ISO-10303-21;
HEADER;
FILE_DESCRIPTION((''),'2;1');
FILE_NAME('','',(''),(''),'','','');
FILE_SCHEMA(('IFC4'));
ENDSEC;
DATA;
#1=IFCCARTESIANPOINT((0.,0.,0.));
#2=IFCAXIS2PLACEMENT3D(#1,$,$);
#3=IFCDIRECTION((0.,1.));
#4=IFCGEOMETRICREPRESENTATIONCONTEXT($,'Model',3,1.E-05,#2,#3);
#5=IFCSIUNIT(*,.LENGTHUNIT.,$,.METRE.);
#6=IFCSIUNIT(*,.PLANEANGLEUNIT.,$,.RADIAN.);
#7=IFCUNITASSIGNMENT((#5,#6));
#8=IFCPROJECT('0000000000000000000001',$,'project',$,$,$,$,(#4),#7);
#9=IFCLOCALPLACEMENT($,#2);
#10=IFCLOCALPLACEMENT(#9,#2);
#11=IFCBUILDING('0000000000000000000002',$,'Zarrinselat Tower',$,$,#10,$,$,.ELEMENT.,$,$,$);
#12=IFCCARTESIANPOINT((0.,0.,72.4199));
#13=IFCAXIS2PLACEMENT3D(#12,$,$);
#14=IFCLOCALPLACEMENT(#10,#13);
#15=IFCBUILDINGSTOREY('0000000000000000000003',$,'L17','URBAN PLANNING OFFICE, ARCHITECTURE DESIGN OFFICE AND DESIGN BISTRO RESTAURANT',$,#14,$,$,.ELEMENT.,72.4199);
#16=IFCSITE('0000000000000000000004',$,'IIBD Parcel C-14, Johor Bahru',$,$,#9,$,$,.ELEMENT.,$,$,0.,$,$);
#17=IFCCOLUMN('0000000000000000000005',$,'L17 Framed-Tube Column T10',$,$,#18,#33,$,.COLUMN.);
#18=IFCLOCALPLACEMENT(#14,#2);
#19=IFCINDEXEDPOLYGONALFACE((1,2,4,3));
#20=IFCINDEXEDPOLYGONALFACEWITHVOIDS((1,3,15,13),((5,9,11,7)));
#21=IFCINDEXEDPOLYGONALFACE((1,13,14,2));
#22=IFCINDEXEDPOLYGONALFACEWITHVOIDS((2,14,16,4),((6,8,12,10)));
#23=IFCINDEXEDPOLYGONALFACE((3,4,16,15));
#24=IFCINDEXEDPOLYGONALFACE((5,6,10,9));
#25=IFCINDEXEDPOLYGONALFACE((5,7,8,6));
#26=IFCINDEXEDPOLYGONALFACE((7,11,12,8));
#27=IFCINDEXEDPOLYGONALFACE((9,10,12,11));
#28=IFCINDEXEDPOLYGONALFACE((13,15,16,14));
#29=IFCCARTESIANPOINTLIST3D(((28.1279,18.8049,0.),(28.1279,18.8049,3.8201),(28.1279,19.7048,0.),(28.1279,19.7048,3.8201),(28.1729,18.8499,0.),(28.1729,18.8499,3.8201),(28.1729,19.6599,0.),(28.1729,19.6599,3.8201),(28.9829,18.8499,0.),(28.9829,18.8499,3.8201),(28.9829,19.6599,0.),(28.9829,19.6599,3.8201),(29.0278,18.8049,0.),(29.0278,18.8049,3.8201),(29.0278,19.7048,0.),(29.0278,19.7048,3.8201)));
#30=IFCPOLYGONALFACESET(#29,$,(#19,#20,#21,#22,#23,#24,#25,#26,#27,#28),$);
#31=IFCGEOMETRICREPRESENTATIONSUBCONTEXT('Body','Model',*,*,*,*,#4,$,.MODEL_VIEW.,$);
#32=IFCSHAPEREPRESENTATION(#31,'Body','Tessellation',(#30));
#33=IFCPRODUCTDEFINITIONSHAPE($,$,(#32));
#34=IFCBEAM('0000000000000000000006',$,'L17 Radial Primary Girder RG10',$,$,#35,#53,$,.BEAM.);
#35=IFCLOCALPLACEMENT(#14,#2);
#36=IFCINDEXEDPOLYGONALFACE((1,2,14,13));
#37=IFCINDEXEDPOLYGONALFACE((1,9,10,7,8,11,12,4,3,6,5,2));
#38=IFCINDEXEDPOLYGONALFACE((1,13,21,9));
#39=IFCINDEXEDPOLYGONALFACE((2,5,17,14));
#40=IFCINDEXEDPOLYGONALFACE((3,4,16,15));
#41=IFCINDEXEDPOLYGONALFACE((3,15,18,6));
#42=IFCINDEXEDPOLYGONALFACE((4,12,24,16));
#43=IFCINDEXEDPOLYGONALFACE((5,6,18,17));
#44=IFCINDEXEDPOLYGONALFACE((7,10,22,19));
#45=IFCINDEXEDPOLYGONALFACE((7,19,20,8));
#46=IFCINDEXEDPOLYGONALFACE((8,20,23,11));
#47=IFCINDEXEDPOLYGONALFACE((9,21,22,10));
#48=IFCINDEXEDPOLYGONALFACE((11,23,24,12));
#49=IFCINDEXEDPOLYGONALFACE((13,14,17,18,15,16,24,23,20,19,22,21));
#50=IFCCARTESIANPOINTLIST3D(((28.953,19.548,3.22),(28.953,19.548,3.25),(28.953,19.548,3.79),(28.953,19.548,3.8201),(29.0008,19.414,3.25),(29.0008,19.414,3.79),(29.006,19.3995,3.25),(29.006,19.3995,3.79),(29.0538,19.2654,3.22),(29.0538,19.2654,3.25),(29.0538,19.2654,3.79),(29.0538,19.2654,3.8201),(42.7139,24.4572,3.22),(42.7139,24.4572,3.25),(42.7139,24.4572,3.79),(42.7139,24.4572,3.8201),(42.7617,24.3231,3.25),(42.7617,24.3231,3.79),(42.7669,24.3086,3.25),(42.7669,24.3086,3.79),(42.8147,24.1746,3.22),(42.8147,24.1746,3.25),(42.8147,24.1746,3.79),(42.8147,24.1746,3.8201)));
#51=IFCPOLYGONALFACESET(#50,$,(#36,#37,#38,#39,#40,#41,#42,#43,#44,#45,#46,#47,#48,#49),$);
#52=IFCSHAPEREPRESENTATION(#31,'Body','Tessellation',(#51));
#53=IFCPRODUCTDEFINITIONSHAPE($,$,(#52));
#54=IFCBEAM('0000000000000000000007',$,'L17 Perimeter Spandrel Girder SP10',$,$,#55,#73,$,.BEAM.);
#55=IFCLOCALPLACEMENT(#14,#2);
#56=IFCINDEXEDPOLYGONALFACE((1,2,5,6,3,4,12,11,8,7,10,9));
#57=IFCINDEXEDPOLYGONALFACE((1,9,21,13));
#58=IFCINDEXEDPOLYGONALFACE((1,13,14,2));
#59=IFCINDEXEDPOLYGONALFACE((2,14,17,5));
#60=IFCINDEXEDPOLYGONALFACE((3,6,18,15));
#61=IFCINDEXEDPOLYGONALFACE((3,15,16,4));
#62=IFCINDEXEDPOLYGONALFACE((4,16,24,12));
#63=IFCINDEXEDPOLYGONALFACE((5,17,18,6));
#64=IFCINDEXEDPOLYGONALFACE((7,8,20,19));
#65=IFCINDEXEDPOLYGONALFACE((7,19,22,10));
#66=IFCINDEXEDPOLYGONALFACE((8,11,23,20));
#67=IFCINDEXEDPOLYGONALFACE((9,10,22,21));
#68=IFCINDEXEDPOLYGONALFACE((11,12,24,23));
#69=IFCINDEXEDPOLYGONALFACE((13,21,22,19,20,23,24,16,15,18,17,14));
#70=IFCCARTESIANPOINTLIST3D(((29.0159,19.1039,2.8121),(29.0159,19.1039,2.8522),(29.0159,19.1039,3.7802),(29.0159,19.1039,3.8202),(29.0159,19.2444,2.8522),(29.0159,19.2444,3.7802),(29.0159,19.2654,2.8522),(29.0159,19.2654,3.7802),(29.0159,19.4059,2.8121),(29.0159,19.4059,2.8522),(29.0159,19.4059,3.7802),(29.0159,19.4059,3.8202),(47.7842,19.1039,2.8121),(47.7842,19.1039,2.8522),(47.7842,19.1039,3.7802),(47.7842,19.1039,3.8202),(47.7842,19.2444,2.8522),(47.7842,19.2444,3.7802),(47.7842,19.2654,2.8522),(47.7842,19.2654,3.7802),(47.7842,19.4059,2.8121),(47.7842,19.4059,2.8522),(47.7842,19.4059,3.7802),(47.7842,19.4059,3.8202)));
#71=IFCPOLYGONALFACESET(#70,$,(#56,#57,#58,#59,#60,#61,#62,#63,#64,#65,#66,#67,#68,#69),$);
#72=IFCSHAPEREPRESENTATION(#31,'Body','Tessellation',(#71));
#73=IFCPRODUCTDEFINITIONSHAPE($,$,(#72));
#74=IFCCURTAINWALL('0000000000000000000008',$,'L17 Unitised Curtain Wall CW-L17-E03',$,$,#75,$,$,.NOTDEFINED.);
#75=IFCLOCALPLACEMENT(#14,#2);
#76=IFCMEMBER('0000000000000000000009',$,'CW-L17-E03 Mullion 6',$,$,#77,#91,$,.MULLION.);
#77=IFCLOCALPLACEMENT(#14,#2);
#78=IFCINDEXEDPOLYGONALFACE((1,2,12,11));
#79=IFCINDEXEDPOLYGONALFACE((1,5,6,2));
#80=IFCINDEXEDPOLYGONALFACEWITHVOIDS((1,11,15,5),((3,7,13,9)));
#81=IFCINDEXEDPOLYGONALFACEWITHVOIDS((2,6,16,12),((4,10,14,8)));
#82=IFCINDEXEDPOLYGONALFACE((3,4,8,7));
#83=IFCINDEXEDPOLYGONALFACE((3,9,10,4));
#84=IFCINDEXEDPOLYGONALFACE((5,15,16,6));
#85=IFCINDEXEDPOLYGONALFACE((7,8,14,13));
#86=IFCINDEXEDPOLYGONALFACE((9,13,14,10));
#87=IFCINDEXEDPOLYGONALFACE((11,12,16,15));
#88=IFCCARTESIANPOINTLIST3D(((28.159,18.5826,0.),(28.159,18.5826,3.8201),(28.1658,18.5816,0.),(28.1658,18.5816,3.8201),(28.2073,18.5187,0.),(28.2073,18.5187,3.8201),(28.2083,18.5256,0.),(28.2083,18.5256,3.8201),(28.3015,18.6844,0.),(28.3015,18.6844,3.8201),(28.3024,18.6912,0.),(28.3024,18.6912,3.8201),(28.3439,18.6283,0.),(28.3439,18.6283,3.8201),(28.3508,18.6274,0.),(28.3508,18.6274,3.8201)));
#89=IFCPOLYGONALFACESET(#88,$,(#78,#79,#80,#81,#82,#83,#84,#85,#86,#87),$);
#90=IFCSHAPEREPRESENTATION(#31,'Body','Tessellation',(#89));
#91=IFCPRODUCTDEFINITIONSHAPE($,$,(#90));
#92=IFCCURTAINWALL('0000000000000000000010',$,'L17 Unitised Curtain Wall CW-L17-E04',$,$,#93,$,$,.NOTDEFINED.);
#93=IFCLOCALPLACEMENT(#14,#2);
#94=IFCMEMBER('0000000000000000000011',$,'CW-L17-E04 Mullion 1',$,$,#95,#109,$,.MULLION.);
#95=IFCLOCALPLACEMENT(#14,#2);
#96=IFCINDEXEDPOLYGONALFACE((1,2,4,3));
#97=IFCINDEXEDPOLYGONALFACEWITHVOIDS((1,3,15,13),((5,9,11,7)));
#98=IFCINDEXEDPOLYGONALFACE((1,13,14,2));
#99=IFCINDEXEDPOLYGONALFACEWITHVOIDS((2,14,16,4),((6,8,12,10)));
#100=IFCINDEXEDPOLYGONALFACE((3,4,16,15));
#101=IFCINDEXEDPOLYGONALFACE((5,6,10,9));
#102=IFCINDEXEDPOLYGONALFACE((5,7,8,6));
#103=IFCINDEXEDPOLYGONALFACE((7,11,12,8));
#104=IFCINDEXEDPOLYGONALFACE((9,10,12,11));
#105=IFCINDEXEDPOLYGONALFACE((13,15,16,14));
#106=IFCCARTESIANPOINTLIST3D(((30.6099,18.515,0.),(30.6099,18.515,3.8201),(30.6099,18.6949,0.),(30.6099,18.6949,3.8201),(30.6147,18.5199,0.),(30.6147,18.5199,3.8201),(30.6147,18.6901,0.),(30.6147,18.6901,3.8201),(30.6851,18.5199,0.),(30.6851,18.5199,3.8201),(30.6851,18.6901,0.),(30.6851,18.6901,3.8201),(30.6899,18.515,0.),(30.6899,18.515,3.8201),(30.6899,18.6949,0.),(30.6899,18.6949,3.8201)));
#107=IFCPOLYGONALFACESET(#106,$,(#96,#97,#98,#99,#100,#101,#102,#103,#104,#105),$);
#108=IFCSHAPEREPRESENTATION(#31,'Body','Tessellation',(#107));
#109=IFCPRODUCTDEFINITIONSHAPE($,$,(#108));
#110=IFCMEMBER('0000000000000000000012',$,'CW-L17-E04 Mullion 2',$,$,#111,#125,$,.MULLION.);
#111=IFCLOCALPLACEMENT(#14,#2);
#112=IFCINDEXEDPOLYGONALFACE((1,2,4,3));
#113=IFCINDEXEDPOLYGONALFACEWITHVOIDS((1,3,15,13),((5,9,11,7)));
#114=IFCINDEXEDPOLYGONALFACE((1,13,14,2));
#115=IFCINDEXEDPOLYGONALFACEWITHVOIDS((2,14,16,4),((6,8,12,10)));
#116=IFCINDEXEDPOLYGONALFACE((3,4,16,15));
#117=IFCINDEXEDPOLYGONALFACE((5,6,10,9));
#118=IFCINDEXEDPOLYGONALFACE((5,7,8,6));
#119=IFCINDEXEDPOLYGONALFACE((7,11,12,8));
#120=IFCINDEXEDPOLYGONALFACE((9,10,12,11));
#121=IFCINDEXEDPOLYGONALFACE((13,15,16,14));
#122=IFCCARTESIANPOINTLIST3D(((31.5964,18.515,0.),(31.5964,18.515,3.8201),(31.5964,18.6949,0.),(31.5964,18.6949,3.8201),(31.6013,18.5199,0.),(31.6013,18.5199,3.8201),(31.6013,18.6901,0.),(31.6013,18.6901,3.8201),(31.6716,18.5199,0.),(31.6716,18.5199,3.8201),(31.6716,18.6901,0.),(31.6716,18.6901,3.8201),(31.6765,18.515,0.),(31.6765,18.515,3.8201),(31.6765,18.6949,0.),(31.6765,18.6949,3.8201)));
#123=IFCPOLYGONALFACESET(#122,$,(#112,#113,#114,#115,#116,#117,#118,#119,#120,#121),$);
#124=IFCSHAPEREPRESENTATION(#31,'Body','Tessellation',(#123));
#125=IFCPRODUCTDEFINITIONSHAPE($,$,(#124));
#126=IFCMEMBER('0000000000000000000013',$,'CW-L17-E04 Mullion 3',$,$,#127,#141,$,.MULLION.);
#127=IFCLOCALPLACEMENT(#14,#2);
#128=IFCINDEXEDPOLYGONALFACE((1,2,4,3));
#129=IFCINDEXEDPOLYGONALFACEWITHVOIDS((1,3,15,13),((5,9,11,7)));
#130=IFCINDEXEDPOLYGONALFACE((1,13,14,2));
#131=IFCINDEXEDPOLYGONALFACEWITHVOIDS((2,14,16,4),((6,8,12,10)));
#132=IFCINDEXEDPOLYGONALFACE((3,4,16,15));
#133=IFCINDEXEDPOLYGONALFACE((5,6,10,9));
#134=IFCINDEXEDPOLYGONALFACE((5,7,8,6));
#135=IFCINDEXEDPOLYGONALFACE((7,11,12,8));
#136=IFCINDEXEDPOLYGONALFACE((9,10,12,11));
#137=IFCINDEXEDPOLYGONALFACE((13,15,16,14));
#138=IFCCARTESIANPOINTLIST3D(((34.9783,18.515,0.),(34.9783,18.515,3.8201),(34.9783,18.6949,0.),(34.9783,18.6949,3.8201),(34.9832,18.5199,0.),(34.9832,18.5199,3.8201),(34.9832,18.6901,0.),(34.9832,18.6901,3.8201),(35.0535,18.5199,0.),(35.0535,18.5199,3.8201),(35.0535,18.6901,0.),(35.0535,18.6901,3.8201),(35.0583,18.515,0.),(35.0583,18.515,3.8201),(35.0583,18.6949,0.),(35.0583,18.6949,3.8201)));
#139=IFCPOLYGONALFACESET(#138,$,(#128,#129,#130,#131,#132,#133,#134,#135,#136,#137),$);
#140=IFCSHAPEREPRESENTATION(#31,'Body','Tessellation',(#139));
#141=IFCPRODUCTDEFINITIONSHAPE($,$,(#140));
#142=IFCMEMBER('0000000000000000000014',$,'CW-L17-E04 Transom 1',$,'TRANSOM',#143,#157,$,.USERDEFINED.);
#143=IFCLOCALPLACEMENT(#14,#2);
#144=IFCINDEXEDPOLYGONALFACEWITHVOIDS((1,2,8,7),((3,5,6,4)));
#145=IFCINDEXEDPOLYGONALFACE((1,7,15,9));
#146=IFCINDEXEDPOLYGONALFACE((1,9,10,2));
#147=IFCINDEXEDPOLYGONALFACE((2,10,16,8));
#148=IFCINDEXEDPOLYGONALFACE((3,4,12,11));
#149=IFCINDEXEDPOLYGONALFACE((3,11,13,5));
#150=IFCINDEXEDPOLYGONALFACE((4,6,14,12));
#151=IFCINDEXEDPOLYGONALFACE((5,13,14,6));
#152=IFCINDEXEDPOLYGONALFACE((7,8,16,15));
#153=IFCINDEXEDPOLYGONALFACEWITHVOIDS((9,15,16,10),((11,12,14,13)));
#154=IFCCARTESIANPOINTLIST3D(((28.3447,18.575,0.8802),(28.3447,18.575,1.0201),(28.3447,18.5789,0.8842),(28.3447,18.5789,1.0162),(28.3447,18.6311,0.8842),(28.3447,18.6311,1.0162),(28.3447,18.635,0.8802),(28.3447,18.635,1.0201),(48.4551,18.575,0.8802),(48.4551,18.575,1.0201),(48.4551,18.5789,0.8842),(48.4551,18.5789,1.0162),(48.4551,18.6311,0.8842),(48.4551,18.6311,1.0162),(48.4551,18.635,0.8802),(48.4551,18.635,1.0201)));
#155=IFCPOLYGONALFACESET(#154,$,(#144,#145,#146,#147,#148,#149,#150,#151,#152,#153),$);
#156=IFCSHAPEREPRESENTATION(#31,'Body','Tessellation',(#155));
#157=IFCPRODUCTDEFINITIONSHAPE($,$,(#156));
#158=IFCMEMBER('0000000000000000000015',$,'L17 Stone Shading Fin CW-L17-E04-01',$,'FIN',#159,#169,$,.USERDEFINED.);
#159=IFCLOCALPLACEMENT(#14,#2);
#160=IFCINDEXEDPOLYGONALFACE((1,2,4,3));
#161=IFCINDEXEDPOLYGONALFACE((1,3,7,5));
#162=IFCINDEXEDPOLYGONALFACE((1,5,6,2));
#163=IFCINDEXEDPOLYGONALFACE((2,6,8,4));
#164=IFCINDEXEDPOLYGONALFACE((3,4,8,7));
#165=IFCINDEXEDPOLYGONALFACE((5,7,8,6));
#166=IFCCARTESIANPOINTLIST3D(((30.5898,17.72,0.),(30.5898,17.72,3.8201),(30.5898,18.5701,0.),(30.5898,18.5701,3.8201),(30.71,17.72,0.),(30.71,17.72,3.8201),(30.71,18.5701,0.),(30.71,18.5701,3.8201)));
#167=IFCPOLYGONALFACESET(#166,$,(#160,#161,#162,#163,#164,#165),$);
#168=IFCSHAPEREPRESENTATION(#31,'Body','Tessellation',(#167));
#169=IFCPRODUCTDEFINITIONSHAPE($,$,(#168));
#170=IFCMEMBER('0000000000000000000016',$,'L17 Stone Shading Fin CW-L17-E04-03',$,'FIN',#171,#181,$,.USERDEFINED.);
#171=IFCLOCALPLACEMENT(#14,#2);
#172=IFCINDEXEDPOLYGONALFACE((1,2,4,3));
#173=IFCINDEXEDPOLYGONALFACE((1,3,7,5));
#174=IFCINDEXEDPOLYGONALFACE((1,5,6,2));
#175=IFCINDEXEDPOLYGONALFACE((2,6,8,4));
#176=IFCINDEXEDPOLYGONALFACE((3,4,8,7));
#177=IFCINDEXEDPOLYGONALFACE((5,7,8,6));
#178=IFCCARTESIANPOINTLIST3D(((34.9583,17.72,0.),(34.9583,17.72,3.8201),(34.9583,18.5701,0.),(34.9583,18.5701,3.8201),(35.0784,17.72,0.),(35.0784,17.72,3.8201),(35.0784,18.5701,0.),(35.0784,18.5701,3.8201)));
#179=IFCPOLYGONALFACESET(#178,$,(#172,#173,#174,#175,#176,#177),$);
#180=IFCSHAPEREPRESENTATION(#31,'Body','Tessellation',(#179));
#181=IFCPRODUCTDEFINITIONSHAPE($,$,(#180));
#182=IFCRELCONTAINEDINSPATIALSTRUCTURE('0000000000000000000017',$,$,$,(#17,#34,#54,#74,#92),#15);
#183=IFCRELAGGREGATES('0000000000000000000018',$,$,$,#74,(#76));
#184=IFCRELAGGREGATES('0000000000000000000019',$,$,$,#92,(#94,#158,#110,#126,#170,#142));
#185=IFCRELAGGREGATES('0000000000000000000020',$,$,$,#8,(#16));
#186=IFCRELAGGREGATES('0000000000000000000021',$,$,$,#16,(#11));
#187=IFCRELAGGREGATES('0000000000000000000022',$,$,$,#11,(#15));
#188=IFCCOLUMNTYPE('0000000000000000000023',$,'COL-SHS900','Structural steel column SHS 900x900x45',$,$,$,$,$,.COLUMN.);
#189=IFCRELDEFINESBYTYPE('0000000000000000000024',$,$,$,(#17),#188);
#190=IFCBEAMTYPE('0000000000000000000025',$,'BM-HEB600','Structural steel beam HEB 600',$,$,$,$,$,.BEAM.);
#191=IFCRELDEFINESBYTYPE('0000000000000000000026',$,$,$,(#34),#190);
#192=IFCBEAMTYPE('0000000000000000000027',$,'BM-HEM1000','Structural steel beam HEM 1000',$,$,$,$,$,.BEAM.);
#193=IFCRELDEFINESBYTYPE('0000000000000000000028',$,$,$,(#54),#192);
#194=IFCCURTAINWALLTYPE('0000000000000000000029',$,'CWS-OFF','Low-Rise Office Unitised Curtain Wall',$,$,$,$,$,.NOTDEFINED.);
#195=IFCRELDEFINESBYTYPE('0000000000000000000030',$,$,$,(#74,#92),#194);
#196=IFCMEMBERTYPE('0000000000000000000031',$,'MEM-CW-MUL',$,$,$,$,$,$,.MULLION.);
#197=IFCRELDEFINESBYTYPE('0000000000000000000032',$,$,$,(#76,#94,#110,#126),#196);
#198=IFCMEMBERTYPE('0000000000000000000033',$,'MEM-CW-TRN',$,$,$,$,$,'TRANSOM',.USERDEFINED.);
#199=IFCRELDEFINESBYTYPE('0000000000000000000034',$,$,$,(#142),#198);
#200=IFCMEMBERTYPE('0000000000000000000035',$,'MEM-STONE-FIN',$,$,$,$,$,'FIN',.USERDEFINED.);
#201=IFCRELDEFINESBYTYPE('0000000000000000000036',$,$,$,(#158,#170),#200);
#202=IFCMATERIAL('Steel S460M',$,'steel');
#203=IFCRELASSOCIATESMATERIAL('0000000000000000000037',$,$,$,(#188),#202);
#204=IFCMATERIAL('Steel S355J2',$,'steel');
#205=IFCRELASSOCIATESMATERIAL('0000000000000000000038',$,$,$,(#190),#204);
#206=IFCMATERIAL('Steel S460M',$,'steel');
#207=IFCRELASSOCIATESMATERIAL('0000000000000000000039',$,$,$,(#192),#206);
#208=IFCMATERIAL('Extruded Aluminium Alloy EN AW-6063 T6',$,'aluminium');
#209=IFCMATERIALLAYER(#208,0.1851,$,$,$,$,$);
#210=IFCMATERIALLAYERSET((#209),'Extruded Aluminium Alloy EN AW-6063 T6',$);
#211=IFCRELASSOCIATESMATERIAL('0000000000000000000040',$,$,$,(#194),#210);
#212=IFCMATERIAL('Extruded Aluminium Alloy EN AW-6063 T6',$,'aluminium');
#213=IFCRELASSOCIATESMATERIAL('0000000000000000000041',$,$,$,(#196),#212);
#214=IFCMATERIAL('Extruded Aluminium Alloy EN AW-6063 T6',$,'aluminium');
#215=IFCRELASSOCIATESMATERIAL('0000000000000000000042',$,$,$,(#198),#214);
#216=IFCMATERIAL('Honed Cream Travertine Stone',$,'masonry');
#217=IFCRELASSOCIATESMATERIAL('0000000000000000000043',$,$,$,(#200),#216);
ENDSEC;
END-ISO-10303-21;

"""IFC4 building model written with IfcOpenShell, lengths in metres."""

from ifc_helpers import new_model, si_unit, direction, frame, origin, origin_2d, place, context, subcontext, project, spatial, rectangle, hollow_rectangle, i_section, extrude, material, layer, layer_set, material_profile, profile_set, type_object, element, aggregate, save


model = new_model("IFC4")

# Units and contexts
model_context = context("Model", 3, precision=1e-05, world=origin(), true_north=direction((0.0, 1.0)))
body_context = subcontext(model_context, "Body", "Model", "MODEL_VIEW")
ifc_project = project(units=[si_unit("LENGTHUNIT", "METRE"), si_unit("PLANEANGLEUNIT", "RADIAN")], contexts=[model_context])

# Site, building, storey
site_placement = place(None, origin())
site = spatial("IfcSite", under=ifc_project, at=site_placement, Name="IIBD Parcel C-14, Johor Bahru", CompositionType="ELEMENT", RefElevation=0.0)
building_placement = place(site_placement, origin())
building = spatial("IfcBuilding", under=site, at=building_placement, Name="Zarrinselat Tower", CompositionType="ELEMENT")
storey_placement = place(building_placement, frame((0.0, 0.0, 72.4199)))
storey = spatial("IfcBuildingStorey", under=building, at=storey_placement, Name="L17", Description="URBAN PLANNING OFFICE, ARCHITECTURE DESIGN OFFICE AND DESIGN BISTRO RESTAURANT", CompositionType="ELEMENT", Elevation=72.4199)

# Column
ifc_material_1 = material(Name="Steel S460M", Category="steel")
ifc_material_profile_1 = material_profile(ifc_material_1, hollow_rectangle(XDim=0.8999, YDim=0.8999, WallThickness=0.0449, at=origin_2d()), Name="SHS 900x900x45")
ifc_profile_set_1 = profile_set([ifc_material_profile_1], Name="Steel S460M")
column_type = type_object("IfcColumnType", Name="COL-SHS900", Description="Structural steel column SHS 900x900x45", PredefinedType="COLUMN", material=ifc_profile_set_1)
column_placement = place(storey_placement, frame((28.5779, 19.2549, 0.0), z_axis=(0.0, 0.0, 1.0), x_axis=(1.0, 0.0, 0.0)))
element("IfcColumn", 1, at=column_placement, inside=storey, type_object=column_type, Name="L17 Framed-Tube Column T10", PredefinedType="COLUMN", context=body_context, shape_type="SweptSolid", body=[
    extrude(hollow_rectangle(XDim=0.8999, YDim=0.8999, WallThickness=0.0449, at=origin_2d()), origin(), (0.0, 0.0, 1.0), 3.8201),
])

# Beams
ifc_material_2 = material(Name="Steel S355J2", Category="steel")
ifc_material_profile_2 = material_profile(ifc_material_2, i_section(OverallWidth=0.3, OverallDepth=0.6001, WebThickness=0.0154, FlangeThickness=0.03, at=origin_2d()), Name="HEB 600")
ifc_profile_set_2 = profile_set([ifc_material_profile_2], Name="Steel S355J2")
beam_type_1 = type_object("IfcBeamType", Name="BM-HEB600", Description="Structural steel beam HEB 600", PredefinedType="BEAM", material=ifc_profile_set_2)
beam_1_placement = place(storey_placement, frame((29.0034, 19.4067, 3.52), z_axis=(0.94186, 0.336005, 0.0), x_axis=(-0.336005, 0.94186, 0.0)))
element("IfcBeam", 2, at=beam_1_placement, inside=storey, type_object=beam_type_1, Name="L17 Radial Primary Girder RG10", PredefinedType="BEAM", context=body_context, shape_type="SweptSolid", body=[
    extrude(i_section(OverallWidth=0.3, OverallDepth=0.6001, WebThickness=0.0154, FlangeThickness=0.03, at=origin_2d()), origin(), (0.0, 0.0, 1.0), 14.6104),
])
ifc_material_3 = material(Name="Steel S460M", Category="steel")
ifc_material_profile_3 = material_profile(ifc_material_3, i_section(OverallWidth=0.302, OverallDepth=1.0081, WebThickness=0.021, FlangeThickness=0.04, at=origin_2d()), Name="HEM 1000")
ifc_profile_set_3 = profile_set([ifc_material_profile_3], Name="Steel S460M")
beam_type_2 = type_object("IfcBeamType", Name="BM-HEM1000", Description="Structural steel beam HEM 1000", PredefinedType="BEAM", material=ifc_profile_set_3)
beam_2_placement = place(storey_placement, frame((29.0159, 19.2549, 3.3162), z_axis=(1.0, 0.0, 0.0), x_axis=(0.0, 1.0, 0.0)))
element("IfcBeam", 3, at=beam_2_placement, inside=storey, type_object=beam_type_2, Name="L17 Perimeter Spandrel Girder SP10", PredefinedType="BEAM", context=body_context, shape_type="SweptSolid", body=[
    extrude(i_section(OverallWidth=0.302, OverallDepth=1.0081, WebThickness=0.021, FlangeThickness=0.04, at=origin_2d()), origin(), (0.0, 0.0, 1.0), 18.7683),
])

# Curtain wall, member
ifc_material_4 = material(Name="Extruded Aluminium Alloy EN AW-6063 T6", Category="aluminium")
ifc_layer_1 = layer(ifc_material_4, 0.1851)
ifc_layer_set_1 = layer_set([ifc_layer_1], Name="Extruded Aluminium Alloy EN AW-6063 T6")
curtain_wall_type = type_object("IfcCurtainWallType", Name="CWS-OFF", Description="Low-Rise Office Unitised Curtain Wall", PredefinedType="NOTDEFINED", material=ifc_layer_set_1)
curtain_wall_1_placement = place(storey_placement, origin())
curtain_wall_1 = element("IfcCurtainWall", 4, at=curtain_wall_1_placement, inside=storey, type_object=curtain_wall_type, Name="L17 Unitised Curtain Wall CW-L17-E03", PredefinedType="NOTDEFINED")
ifc_material_5 = material(Name="Extruded Aluminium Alloy EN AW-6063 T6", Category="aluminium")
ifc_material_profile_4 = material_profile(ifc_material_5, hollow_rectangle(XDim=0.0801, YDim=0.1799, WallThickness=0.0049, at=origin_2d()), Name="RHS 180x80x5")
ifc_profile_set_4 = profile_set([ifc_material_profile_4], Name="Extruded Aluminium Alloy EN AW-6063 T6")
member_type_1 = type_object("IfcMemberType", Name="MEM-CW-MUL", PredefinedType="MULLION", material=ifc_profile_set_4)
member_1_placement = place(storey_placement, frame((28.2549, 18.605, 0.0), z_axis=(0.0, 0.0, 1.0), x_axis=(0.603855, -0.797094, 0.0)))
member_1 = element("IfcMember", 5, at=member_1_placement, type_object=member_type_1, Name="CW-L17-E03 Mullion 6", PredefinedType="MULLION", context=body_context, shape_type="SweptSolid", body=[
    extrude(hollow_rectangle(XDim=0.0801, YDim=0.1799, WallThickness=0.0049, at=origin_2d()), origin(), (0.0, 0.0, 1.0), 3.8201),
])

# Curtain wall, members
curtain_wall_2_placement = place(storey_placement, origin())
curtain_wall_2 = element("IfcCurtainWall", 6, at=curtain_wall_2_placement, inside=storey, type_object=curtain_wall_type, Name="L17 Unitised Curtain Wall CW-L17-E04", PredefinedType="NOTDEFINED")
member_2_placement = place(storey_placement, frame((30.6499, 18.605, 0.0), z_axis=(0.0, 0.0, 1.0), x_axis=(1.0, 0.0, 0.0)))
member_2 = element("IfcMember", 7, at=member_2_placement, type_object=member_type_1, Name="CW-L17-E04 Mullion 1", PredefinedType="MULLION", context=body_context, shape_type="SweptSolid", body=[
    extrude(hollow_rectangle(XDim=0.0801, YDim=0.1799, WallThickness=0.0049, at=origin_2d()), origin(), (0.0, 0.0, 1.0), 3.8201),
])
member_3_placement = place(storey_placement, frame((31.6365, 18.605, 0.0), z_axis=(0.0, 0.0, 1.0), x_axis=(1.0, 0.0, 0.0)))
member_3 = element("IfcMember", 8, at=member_3_placement, type_object=member_type_1, Name="CW-L17-E04 Mullion 2", PredefinedType="MULLION", context=body_context, shape_type="SweptSolid", body=[
    extrude(hollow_rectangle(XDim=0.0801, YDim=0.1799, WallThickness=0.0049, at=origin_2d()), origin(), (0.0, 0.0, 1.0), 3.8201),
])
member_4_placement = place(storey_placement, frame((35.0183, 18.605, 0.0), z_axis=(0.0, 0.0, 1.0), x_axis=(1.0, 0.0, 0.0)))
member_4 = element("IfcMember", 9, at=member_4_placement, type_object=member_type_1, Name="CW-L17-E04 Mullion 3", PredefinedType="MULLION", context=body_context, shape_type="SweptSolid", body=[
    extrude(hollow_rectangle(XDim=0.0801, YDim=0.1799, WallThickness=0.0049, at=origin_2d()), origin(), (0.0, 0.0, 1.0), 3.8201),
])
ifc_material_6 = material(Name="Extruded Aluminium Alloy EN AW-6063 T6", Category="aluminium")
ifc_material_profile_5 = material_profile(ifc_material_6, hollow_rectangle(XDim=0.0601, YDim=0.1399, WallThickness=0.0039, at=origin_2d()), Name="RHS 140x60x4")
ifc_profile_set_5 = profile_set([ifc_material_profile_5], Name="Extruded Aluminium Alloy EN AW-6063 T6")
member_type_2 = type_object("IfcMemberType", Name="MEM-CW-TRN", ElementType="TRANSOM", PredefinedType="USERDEFINED", material=ifc_profile_set_5)
member_5_placement = place(storey_placement, frame((28.3447, 18.605, 0.9502), z_axis=(1.0, 0.0, 0.0), x_axis=(0.0, 1.0, 0.0)))
member_5 = element("IfcMember", 10, at=member_5_placement, type_object=member_type_2, Name="CW-L17-E04 Transom 1", ObjectType="TRANSOM", PredefinedType="USERDEFINED", context=body_context, shape_type="SweptSolid", body=[
    extrude(hollow_rectangle(XDim=0.0601, YDim=0.1399, WallThickness=0.0039, at=origin_2d()), origin(), (0.0, 0.0, 1.0), 20.1104),
])
ifc_material_7 = material(Name="Honed Cream Travertine Stone", Category="masonry")
ifc_material_profile_6 = material_profile(ifc_material_7, rectangle(XDim=0.1201, YDim=0.8501, at=origin_2d()), Name="FIN 850x120")
ifc_profile_set_6 = profile_set([ifc_material_profile_6], Name="Honed Cream Travertine Stone")
member_type_3 = type_object("IfcMemberType", Name="MEM-STONE-FIN", ElementType="FIN", PredefinedType="USERDEFINED", material=ifc_profile_set_6)
member_6_placement = place(storey_placement, frame((30.6499, 18.145, 0.0), z_axis=(0.0, 0.0, 1.0), x_axis=(-1.0, 0.0, 0.0)))
member_6 = element("IfcMember", 11, at=member_6_placement, type_object=member_type_3, Name="L17 Stone Shading Fin CW-L17-E04-01", ObjectType="FIN", PredefinedType="USERDEFINED", context=body_context, shape_type="SweptSolid", body=[
    extrude(rectangle(XDim=0.1201, YDim=0.8501, at=origin_2d()), origin(), (0.0, 0.0, 1.0), 3.8201),
])
member_7_placement = place(storey_placement, frame((35.0183, 18.145, 0.0), z_axis=(0.0, 0.0, 1.0), x_axis=(-1.0, 0.0, 0.0)))
member_7 = element("IfcMember", 12, at=member_7_placement, type_object=member_type_3, Name="L17 Stone Shading Fin CW-L17-E04-03", ObjectType="FIN", PredefinedType="USERDEFINED", context=body_context, shape_type="SweptSolid", body=[
    extrude(rectangle(XDim=0.1201, YDim=0.8501, at=origin_2d()), origin(), (0.0, 0.0, 1.0), 3.8201),
])

aggregate(curtain_wall_1, [member_1])
aggregate(curtain_wall_2, [member_2, member_6, member_3, member_4, member_7, member_5])

save(model, "model.ifc")
